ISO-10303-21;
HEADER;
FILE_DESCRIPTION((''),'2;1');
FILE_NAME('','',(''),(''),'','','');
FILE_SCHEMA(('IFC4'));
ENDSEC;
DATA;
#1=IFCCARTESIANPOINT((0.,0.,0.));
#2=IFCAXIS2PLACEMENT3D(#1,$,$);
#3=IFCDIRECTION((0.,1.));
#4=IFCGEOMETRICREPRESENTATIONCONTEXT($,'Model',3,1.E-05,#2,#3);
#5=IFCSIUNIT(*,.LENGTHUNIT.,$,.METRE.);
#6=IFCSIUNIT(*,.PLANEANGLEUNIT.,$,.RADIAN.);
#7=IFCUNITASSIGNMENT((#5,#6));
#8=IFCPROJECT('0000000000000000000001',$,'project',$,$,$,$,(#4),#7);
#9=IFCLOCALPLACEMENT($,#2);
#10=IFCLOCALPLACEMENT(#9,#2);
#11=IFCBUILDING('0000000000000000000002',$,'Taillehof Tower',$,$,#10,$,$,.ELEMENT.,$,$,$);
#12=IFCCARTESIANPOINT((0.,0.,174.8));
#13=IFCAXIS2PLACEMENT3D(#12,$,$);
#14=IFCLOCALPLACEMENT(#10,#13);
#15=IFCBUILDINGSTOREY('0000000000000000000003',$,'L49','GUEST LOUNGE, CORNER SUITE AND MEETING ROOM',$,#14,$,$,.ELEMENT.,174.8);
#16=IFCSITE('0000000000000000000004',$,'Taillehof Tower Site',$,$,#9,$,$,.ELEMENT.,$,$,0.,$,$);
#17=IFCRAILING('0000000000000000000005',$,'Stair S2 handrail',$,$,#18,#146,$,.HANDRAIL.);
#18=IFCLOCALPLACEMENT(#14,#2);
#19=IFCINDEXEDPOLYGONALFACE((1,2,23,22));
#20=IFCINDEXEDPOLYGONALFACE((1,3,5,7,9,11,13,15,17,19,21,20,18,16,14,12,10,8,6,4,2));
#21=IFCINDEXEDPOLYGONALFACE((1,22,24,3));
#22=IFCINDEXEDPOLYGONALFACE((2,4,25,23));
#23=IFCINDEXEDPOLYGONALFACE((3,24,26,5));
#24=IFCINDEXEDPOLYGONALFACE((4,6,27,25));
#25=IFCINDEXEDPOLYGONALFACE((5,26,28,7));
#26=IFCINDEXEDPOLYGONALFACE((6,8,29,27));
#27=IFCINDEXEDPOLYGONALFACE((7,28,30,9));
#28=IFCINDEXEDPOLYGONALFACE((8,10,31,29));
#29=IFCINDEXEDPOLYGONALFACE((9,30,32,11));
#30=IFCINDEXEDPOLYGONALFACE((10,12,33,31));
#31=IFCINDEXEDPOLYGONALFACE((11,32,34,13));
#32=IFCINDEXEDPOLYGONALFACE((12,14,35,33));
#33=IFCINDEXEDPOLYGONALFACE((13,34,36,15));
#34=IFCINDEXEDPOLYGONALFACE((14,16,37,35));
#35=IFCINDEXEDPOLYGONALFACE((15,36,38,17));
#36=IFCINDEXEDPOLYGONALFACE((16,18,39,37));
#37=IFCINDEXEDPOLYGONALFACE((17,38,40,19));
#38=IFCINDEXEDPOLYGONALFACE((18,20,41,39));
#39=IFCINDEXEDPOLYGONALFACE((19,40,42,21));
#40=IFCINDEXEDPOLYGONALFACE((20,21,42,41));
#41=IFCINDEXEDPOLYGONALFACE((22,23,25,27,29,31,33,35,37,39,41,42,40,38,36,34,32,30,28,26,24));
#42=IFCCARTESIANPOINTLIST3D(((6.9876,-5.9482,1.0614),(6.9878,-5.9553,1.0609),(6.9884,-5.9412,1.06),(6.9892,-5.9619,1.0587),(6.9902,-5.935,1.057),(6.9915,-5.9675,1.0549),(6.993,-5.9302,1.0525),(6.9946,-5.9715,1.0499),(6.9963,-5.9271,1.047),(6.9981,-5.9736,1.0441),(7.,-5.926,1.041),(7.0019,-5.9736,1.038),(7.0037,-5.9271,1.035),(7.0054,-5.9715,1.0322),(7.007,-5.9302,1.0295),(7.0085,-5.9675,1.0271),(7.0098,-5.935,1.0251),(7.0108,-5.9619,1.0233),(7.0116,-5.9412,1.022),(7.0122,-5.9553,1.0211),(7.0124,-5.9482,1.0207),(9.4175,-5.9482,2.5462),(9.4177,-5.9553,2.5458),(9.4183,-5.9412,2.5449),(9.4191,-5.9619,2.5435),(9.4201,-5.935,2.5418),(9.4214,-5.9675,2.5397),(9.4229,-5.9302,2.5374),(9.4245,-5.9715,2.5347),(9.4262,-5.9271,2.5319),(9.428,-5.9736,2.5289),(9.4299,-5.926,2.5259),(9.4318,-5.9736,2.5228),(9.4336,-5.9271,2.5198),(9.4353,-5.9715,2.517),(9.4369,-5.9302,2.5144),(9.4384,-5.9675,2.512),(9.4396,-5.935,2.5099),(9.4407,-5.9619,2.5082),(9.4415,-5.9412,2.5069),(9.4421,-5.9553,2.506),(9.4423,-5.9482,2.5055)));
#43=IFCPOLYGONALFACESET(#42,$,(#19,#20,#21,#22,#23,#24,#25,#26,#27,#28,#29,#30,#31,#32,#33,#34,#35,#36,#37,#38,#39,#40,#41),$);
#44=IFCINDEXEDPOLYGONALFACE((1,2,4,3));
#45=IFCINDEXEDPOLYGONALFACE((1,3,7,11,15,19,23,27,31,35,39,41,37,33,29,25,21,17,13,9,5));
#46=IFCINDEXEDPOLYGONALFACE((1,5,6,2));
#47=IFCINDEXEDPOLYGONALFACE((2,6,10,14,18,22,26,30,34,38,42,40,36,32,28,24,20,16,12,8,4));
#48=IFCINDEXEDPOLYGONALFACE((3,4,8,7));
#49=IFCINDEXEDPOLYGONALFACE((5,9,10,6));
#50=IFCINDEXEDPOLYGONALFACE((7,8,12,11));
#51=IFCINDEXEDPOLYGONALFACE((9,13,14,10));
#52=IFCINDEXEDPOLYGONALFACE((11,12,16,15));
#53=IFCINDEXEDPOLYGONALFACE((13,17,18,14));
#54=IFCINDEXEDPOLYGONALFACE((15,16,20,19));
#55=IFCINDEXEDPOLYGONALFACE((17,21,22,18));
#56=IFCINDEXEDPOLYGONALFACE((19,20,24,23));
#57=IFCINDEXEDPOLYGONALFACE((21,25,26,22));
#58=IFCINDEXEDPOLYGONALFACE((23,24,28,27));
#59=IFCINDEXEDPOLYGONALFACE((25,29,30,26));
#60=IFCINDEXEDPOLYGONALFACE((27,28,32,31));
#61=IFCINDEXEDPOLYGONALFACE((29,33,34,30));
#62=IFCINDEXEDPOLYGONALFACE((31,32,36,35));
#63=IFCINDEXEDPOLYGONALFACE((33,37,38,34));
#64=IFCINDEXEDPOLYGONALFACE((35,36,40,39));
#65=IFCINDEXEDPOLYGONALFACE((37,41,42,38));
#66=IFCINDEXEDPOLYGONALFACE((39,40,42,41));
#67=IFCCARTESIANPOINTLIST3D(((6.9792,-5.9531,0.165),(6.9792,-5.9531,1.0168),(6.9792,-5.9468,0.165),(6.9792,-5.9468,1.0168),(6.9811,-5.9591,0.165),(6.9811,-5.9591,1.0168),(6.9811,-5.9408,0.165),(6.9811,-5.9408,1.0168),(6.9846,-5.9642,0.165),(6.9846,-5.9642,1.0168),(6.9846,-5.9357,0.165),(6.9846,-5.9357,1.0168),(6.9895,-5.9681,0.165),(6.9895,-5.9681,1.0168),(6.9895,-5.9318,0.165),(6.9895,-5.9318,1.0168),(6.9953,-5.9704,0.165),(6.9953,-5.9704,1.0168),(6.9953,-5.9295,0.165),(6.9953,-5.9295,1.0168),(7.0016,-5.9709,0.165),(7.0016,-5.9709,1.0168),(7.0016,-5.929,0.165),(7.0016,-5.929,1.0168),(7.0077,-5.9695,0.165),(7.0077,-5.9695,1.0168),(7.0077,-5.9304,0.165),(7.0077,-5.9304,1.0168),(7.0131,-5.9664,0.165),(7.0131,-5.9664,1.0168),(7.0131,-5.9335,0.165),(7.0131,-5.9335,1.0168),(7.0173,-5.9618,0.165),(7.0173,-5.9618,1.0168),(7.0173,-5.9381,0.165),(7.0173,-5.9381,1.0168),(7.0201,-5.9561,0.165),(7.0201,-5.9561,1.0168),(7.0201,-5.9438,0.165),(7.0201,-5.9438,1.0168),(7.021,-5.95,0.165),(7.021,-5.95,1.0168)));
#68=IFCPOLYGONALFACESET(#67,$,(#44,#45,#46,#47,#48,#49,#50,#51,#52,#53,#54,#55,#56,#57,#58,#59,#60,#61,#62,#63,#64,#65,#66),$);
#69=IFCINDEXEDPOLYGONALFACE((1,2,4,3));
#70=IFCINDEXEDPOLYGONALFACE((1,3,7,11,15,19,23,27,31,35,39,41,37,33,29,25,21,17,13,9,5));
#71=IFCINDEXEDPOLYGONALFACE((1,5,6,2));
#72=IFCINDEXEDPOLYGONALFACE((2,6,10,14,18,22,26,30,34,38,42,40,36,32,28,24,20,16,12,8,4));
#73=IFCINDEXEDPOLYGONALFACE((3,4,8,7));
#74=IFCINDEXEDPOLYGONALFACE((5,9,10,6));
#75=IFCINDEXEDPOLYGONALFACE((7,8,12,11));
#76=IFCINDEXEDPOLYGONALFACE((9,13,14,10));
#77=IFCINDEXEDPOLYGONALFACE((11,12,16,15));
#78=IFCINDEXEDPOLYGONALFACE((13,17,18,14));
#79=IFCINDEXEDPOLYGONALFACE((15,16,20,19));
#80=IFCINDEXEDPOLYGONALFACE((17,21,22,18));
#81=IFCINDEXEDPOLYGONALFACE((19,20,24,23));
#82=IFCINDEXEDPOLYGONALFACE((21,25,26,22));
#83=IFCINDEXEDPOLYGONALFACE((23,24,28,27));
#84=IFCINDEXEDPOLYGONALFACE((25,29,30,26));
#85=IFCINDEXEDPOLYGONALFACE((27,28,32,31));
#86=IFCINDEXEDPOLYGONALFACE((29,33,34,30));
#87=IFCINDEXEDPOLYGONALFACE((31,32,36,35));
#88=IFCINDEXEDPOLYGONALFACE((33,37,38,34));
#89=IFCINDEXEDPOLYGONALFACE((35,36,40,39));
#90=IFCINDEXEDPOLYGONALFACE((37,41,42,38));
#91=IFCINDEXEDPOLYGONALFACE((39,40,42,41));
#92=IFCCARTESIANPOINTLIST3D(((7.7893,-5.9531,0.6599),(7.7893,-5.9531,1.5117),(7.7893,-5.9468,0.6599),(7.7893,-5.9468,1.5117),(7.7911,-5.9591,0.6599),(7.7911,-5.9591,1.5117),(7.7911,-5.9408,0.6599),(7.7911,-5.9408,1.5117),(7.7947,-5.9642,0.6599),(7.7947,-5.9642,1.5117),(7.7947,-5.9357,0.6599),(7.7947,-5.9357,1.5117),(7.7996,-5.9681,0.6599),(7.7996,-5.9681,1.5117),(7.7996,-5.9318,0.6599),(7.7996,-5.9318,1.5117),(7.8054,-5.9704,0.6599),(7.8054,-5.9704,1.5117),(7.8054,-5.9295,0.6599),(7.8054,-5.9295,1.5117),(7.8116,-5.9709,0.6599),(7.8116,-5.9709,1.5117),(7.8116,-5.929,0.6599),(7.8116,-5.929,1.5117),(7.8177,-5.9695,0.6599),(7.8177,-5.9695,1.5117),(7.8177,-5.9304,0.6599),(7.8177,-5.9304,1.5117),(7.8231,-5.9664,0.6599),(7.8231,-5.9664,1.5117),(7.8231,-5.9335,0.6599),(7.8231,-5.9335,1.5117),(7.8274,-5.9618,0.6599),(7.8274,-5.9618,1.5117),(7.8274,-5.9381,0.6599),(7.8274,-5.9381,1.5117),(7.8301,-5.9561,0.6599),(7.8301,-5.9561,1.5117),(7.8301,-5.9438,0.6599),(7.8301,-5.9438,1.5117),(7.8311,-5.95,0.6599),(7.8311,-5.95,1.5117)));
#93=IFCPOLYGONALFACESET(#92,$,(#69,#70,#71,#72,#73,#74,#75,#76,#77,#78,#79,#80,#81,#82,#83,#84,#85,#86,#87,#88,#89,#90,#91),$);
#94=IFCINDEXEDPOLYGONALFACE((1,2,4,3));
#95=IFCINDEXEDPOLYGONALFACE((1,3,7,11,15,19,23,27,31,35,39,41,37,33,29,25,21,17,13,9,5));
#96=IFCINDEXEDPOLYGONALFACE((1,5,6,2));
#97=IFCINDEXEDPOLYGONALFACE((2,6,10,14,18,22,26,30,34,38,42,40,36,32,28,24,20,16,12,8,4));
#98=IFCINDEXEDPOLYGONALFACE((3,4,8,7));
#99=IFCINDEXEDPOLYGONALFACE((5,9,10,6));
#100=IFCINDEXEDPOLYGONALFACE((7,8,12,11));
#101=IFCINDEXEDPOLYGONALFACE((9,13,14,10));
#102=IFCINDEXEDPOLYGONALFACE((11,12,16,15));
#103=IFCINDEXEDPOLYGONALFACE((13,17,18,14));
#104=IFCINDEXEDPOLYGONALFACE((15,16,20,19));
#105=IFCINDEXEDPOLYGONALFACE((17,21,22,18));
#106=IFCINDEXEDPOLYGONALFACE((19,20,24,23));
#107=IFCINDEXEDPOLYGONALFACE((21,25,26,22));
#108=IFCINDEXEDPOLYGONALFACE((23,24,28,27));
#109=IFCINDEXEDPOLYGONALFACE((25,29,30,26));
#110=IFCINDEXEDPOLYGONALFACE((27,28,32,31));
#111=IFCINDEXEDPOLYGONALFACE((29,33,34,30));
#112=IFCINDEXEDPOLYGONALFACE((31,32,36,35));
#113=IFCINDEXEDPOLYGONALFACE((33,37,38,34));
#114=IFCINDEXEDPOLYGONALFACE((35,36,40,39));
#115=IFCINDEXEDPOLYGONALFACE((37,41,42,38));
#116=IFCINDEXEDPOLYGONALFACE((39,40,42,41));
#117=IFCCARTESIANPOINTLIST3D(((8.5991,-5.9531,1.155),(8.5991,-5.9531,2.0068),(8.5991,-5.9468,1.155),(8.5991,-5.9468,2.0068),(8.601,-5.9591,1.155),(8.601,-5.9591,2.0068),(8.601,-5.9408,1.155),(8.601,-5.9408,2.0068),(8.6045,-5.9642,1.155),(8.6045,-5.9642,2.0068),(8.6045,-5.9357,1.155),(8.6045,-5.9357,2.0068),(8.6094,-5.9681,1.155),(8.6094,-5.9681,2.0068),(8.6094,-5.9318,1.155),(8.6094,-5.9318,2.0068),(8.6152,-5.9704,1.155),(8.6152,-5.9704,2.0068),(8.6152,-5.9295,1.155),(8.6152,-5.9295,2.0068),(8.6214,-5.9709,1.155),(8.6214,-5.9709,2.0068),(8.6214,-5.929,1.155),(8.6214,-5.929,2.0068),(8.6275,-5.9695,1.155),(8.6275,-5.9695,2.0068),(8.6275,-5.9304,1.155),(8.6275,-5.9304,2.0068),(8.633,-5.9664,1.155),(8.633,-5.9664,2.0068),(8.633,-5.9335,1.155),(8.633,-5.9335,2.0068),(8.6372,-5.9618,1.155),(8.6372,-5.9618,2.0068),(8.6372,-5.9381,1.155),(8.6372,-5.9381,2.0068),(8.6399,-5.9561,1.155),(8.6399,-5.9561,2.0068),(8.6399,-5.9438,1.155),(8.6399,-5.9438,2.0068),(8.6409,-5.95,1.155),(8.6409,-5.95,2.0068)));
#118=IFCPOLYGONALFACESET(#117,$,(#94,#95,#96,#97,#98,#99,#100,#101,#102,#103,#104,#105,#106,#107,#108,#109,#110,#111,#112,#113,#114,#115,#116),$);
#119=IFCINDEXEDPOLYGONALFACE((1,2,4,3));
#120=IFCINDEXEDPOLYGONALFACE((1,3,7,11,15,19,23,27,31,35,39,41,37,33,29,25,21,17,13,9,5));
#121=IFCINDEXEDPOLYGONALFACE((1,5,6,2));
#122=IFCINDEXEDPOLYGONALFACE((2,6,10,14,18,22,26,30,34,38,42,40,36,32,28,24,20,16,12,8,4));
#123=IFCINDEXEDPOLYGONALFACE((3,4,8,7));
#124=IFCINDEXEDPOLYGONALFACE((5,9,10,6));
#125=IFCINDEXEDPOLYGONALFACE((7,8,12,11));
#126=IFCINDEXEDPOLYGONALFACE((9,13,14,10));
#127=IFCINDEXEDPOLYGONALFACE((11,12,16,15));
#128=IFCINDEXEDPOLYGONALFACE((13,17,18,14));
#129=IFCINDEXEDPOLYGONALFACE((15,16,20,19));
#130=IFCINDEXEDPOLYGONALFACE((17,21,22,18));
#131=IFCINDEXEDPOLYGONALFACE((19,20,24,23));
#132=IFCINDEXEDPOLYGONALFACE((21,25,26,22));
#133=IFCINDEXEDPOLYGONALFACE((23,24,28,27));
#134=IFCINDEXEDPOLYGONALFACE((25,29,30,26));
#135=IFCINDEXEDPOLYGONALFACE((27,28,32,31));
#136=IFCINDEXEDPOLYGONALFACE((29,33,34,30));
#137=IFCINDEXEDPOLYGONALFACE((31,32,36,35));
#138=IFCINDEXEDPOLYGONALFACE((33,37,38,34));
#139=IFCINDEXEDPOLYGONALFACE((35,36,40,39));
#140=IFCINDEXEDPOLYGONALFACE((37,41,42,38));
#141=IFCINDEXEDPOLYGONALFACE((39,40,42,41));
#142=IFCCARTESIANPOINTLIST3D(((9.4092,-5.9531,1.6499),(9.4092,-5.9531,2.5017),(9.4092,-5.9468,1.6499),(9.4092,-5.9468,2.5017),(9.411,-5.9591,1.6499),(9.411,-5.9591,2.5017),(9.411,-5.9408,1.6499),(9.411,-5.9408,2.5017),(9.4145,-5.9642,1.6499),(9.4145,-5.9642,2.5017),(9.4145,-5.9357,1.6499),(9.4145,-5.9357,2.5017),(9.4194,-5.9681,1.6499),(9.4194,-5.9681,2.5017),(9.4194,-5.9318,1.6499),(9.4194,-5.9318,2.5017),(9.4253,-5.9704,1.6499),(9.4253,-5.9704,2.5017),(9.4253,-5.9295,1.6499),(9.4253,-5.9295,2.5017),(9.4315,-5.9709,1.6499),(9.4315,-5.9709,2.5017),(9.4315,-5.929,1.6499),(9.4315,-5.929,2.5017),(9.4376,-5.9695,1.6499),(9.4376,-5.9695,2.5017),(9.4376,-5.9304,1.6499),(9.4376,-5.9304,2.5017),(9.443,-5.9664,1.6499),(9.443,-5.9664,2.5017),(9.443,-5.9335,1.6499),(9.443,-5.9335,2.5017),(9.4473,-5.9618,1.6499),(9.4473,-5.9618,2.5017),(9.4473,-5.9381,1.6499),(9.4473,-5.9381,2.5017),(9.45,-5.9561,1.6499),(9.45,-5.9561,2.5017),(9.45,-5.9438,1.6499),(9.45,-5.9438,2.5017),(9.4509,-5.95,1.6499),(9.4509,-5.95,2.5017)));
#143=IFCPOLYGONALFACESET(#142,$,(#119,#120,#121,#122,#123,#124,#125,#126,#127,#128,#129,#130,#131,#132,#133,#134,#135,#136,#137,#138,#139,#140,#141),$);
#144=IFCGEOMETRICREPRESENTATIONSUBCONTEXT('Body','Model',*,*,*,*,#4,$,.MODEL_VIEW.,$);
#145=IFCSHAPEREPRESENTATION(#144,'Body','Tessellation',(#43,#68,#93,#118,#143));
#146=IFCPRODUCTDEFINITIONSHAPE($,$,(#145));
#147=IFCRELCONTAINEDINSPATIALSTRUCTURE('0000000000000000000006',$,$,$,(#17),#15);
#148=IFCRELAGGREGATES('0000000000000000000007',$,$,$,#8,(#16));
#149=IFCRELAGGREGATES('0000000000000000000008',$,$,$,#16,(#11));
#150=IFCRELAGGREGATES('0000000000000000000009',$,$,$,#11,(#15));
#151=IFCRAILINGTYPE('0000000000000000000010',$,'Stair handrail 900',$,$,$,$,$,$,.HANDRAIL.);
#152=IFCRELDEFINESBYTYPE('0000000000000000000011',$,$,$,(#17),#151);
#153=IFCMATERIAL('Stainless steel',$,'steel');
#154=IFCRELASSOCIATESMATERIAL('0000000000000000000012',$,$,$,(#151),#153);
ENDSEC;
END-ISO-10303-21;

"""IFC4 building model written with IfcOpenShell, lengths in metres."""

from ifc_helpers import new_model, si_unit, direction, frame, origin, origin_2d, place, context, subcontext, project, spatial, circle, extrude, material, type_object, element, save


model = new_model("IFC4")

# Units and contexts
model_context = context("Model", 3, precision=1e-05, world=origin(), true_north=direction((0.0, 1.0)))
body_context = subcontext(model_context, "Body", "Model", "MODEL_VIEW")
ifc_project = project(units=[si_unit("LENGTHUNIT", "METRE"), si_unit("PLANEANGLEUNIT", "RADIAN")], contexts=[model_context])

# Site, building, storey
site_placement = place(None, origin())
site = spatial("IfcSite", under=ifc_project, at=site_placement, Name="Taillehof Tower Site", CompositionType="ELEMENT", RefElevation=0.0)
building_placement = place(site_placement, origin())
building = spatial("IfcBuilding", under=site, at=building_placement, Name="Taillehof Tower", CompositionType="ELEMENT")
storey_placement = place(building_placement, frame((0.0, 0.0, 174.8)))
storey = spatial("IfcBuildingStorey", under=building, at=storey_placement, Name="L49", Description="GUEST LOUNGE, CORNER SUITE AND MEETING ROOM", CompositionType="ELEMENT", Elevation=174.8)

# Railing
ifc_material_1 = material(Name="Stainless steel", Category="steel")
railing_type = type_object("IfcRailingType", Name="Stair handrail 900", PredefinedType="HANDRAIL", material=ifc_material_1)
railing_placement = place(storey_placement, frame((7.0, -5.95, 0.165)))
element("IfcRailing", 1, at=railing_placement, inside=storey, type_object=railing_type, Name="Stair S2 handrail", PredefinedType="HANDRAIL", context=body_context, shape_type="SweptSolid", body=[
    extrude(circle(Radius=0.0239, at=origin_2d()), frame((0.0, 0.0, 0.876), z_axis=(0.853297, 0.0, 0.521426), x_axis=(0.0, 1.0, 0.0)), (0.0, 0.0, 1.0), 2.8477),
    extrude(circle(Radius=0.021, at=origin_2d()), origin(), (0.0, 0.0, 1.0), 0.8518),
    extrude(circle(Radius=0.021, at=origin_2d()), frame((0.8101, 0.0, 0.4949)), (0.0, 0.0, 1.0), 0.8518),
    extrude(circle(Radius=0.021, at=origin_2d()), frame((1.6199, 0.0, 0.99)), (0.0, 0.0, 1.0), 0.8518),
    extrude(circle(Radius=0.021, at=origin_2d()), frame((2.4299, 0.0, 1.4849)), (0.0, 0.0, 1.0), 0.8518),
])

save(model, "model.ifc")
